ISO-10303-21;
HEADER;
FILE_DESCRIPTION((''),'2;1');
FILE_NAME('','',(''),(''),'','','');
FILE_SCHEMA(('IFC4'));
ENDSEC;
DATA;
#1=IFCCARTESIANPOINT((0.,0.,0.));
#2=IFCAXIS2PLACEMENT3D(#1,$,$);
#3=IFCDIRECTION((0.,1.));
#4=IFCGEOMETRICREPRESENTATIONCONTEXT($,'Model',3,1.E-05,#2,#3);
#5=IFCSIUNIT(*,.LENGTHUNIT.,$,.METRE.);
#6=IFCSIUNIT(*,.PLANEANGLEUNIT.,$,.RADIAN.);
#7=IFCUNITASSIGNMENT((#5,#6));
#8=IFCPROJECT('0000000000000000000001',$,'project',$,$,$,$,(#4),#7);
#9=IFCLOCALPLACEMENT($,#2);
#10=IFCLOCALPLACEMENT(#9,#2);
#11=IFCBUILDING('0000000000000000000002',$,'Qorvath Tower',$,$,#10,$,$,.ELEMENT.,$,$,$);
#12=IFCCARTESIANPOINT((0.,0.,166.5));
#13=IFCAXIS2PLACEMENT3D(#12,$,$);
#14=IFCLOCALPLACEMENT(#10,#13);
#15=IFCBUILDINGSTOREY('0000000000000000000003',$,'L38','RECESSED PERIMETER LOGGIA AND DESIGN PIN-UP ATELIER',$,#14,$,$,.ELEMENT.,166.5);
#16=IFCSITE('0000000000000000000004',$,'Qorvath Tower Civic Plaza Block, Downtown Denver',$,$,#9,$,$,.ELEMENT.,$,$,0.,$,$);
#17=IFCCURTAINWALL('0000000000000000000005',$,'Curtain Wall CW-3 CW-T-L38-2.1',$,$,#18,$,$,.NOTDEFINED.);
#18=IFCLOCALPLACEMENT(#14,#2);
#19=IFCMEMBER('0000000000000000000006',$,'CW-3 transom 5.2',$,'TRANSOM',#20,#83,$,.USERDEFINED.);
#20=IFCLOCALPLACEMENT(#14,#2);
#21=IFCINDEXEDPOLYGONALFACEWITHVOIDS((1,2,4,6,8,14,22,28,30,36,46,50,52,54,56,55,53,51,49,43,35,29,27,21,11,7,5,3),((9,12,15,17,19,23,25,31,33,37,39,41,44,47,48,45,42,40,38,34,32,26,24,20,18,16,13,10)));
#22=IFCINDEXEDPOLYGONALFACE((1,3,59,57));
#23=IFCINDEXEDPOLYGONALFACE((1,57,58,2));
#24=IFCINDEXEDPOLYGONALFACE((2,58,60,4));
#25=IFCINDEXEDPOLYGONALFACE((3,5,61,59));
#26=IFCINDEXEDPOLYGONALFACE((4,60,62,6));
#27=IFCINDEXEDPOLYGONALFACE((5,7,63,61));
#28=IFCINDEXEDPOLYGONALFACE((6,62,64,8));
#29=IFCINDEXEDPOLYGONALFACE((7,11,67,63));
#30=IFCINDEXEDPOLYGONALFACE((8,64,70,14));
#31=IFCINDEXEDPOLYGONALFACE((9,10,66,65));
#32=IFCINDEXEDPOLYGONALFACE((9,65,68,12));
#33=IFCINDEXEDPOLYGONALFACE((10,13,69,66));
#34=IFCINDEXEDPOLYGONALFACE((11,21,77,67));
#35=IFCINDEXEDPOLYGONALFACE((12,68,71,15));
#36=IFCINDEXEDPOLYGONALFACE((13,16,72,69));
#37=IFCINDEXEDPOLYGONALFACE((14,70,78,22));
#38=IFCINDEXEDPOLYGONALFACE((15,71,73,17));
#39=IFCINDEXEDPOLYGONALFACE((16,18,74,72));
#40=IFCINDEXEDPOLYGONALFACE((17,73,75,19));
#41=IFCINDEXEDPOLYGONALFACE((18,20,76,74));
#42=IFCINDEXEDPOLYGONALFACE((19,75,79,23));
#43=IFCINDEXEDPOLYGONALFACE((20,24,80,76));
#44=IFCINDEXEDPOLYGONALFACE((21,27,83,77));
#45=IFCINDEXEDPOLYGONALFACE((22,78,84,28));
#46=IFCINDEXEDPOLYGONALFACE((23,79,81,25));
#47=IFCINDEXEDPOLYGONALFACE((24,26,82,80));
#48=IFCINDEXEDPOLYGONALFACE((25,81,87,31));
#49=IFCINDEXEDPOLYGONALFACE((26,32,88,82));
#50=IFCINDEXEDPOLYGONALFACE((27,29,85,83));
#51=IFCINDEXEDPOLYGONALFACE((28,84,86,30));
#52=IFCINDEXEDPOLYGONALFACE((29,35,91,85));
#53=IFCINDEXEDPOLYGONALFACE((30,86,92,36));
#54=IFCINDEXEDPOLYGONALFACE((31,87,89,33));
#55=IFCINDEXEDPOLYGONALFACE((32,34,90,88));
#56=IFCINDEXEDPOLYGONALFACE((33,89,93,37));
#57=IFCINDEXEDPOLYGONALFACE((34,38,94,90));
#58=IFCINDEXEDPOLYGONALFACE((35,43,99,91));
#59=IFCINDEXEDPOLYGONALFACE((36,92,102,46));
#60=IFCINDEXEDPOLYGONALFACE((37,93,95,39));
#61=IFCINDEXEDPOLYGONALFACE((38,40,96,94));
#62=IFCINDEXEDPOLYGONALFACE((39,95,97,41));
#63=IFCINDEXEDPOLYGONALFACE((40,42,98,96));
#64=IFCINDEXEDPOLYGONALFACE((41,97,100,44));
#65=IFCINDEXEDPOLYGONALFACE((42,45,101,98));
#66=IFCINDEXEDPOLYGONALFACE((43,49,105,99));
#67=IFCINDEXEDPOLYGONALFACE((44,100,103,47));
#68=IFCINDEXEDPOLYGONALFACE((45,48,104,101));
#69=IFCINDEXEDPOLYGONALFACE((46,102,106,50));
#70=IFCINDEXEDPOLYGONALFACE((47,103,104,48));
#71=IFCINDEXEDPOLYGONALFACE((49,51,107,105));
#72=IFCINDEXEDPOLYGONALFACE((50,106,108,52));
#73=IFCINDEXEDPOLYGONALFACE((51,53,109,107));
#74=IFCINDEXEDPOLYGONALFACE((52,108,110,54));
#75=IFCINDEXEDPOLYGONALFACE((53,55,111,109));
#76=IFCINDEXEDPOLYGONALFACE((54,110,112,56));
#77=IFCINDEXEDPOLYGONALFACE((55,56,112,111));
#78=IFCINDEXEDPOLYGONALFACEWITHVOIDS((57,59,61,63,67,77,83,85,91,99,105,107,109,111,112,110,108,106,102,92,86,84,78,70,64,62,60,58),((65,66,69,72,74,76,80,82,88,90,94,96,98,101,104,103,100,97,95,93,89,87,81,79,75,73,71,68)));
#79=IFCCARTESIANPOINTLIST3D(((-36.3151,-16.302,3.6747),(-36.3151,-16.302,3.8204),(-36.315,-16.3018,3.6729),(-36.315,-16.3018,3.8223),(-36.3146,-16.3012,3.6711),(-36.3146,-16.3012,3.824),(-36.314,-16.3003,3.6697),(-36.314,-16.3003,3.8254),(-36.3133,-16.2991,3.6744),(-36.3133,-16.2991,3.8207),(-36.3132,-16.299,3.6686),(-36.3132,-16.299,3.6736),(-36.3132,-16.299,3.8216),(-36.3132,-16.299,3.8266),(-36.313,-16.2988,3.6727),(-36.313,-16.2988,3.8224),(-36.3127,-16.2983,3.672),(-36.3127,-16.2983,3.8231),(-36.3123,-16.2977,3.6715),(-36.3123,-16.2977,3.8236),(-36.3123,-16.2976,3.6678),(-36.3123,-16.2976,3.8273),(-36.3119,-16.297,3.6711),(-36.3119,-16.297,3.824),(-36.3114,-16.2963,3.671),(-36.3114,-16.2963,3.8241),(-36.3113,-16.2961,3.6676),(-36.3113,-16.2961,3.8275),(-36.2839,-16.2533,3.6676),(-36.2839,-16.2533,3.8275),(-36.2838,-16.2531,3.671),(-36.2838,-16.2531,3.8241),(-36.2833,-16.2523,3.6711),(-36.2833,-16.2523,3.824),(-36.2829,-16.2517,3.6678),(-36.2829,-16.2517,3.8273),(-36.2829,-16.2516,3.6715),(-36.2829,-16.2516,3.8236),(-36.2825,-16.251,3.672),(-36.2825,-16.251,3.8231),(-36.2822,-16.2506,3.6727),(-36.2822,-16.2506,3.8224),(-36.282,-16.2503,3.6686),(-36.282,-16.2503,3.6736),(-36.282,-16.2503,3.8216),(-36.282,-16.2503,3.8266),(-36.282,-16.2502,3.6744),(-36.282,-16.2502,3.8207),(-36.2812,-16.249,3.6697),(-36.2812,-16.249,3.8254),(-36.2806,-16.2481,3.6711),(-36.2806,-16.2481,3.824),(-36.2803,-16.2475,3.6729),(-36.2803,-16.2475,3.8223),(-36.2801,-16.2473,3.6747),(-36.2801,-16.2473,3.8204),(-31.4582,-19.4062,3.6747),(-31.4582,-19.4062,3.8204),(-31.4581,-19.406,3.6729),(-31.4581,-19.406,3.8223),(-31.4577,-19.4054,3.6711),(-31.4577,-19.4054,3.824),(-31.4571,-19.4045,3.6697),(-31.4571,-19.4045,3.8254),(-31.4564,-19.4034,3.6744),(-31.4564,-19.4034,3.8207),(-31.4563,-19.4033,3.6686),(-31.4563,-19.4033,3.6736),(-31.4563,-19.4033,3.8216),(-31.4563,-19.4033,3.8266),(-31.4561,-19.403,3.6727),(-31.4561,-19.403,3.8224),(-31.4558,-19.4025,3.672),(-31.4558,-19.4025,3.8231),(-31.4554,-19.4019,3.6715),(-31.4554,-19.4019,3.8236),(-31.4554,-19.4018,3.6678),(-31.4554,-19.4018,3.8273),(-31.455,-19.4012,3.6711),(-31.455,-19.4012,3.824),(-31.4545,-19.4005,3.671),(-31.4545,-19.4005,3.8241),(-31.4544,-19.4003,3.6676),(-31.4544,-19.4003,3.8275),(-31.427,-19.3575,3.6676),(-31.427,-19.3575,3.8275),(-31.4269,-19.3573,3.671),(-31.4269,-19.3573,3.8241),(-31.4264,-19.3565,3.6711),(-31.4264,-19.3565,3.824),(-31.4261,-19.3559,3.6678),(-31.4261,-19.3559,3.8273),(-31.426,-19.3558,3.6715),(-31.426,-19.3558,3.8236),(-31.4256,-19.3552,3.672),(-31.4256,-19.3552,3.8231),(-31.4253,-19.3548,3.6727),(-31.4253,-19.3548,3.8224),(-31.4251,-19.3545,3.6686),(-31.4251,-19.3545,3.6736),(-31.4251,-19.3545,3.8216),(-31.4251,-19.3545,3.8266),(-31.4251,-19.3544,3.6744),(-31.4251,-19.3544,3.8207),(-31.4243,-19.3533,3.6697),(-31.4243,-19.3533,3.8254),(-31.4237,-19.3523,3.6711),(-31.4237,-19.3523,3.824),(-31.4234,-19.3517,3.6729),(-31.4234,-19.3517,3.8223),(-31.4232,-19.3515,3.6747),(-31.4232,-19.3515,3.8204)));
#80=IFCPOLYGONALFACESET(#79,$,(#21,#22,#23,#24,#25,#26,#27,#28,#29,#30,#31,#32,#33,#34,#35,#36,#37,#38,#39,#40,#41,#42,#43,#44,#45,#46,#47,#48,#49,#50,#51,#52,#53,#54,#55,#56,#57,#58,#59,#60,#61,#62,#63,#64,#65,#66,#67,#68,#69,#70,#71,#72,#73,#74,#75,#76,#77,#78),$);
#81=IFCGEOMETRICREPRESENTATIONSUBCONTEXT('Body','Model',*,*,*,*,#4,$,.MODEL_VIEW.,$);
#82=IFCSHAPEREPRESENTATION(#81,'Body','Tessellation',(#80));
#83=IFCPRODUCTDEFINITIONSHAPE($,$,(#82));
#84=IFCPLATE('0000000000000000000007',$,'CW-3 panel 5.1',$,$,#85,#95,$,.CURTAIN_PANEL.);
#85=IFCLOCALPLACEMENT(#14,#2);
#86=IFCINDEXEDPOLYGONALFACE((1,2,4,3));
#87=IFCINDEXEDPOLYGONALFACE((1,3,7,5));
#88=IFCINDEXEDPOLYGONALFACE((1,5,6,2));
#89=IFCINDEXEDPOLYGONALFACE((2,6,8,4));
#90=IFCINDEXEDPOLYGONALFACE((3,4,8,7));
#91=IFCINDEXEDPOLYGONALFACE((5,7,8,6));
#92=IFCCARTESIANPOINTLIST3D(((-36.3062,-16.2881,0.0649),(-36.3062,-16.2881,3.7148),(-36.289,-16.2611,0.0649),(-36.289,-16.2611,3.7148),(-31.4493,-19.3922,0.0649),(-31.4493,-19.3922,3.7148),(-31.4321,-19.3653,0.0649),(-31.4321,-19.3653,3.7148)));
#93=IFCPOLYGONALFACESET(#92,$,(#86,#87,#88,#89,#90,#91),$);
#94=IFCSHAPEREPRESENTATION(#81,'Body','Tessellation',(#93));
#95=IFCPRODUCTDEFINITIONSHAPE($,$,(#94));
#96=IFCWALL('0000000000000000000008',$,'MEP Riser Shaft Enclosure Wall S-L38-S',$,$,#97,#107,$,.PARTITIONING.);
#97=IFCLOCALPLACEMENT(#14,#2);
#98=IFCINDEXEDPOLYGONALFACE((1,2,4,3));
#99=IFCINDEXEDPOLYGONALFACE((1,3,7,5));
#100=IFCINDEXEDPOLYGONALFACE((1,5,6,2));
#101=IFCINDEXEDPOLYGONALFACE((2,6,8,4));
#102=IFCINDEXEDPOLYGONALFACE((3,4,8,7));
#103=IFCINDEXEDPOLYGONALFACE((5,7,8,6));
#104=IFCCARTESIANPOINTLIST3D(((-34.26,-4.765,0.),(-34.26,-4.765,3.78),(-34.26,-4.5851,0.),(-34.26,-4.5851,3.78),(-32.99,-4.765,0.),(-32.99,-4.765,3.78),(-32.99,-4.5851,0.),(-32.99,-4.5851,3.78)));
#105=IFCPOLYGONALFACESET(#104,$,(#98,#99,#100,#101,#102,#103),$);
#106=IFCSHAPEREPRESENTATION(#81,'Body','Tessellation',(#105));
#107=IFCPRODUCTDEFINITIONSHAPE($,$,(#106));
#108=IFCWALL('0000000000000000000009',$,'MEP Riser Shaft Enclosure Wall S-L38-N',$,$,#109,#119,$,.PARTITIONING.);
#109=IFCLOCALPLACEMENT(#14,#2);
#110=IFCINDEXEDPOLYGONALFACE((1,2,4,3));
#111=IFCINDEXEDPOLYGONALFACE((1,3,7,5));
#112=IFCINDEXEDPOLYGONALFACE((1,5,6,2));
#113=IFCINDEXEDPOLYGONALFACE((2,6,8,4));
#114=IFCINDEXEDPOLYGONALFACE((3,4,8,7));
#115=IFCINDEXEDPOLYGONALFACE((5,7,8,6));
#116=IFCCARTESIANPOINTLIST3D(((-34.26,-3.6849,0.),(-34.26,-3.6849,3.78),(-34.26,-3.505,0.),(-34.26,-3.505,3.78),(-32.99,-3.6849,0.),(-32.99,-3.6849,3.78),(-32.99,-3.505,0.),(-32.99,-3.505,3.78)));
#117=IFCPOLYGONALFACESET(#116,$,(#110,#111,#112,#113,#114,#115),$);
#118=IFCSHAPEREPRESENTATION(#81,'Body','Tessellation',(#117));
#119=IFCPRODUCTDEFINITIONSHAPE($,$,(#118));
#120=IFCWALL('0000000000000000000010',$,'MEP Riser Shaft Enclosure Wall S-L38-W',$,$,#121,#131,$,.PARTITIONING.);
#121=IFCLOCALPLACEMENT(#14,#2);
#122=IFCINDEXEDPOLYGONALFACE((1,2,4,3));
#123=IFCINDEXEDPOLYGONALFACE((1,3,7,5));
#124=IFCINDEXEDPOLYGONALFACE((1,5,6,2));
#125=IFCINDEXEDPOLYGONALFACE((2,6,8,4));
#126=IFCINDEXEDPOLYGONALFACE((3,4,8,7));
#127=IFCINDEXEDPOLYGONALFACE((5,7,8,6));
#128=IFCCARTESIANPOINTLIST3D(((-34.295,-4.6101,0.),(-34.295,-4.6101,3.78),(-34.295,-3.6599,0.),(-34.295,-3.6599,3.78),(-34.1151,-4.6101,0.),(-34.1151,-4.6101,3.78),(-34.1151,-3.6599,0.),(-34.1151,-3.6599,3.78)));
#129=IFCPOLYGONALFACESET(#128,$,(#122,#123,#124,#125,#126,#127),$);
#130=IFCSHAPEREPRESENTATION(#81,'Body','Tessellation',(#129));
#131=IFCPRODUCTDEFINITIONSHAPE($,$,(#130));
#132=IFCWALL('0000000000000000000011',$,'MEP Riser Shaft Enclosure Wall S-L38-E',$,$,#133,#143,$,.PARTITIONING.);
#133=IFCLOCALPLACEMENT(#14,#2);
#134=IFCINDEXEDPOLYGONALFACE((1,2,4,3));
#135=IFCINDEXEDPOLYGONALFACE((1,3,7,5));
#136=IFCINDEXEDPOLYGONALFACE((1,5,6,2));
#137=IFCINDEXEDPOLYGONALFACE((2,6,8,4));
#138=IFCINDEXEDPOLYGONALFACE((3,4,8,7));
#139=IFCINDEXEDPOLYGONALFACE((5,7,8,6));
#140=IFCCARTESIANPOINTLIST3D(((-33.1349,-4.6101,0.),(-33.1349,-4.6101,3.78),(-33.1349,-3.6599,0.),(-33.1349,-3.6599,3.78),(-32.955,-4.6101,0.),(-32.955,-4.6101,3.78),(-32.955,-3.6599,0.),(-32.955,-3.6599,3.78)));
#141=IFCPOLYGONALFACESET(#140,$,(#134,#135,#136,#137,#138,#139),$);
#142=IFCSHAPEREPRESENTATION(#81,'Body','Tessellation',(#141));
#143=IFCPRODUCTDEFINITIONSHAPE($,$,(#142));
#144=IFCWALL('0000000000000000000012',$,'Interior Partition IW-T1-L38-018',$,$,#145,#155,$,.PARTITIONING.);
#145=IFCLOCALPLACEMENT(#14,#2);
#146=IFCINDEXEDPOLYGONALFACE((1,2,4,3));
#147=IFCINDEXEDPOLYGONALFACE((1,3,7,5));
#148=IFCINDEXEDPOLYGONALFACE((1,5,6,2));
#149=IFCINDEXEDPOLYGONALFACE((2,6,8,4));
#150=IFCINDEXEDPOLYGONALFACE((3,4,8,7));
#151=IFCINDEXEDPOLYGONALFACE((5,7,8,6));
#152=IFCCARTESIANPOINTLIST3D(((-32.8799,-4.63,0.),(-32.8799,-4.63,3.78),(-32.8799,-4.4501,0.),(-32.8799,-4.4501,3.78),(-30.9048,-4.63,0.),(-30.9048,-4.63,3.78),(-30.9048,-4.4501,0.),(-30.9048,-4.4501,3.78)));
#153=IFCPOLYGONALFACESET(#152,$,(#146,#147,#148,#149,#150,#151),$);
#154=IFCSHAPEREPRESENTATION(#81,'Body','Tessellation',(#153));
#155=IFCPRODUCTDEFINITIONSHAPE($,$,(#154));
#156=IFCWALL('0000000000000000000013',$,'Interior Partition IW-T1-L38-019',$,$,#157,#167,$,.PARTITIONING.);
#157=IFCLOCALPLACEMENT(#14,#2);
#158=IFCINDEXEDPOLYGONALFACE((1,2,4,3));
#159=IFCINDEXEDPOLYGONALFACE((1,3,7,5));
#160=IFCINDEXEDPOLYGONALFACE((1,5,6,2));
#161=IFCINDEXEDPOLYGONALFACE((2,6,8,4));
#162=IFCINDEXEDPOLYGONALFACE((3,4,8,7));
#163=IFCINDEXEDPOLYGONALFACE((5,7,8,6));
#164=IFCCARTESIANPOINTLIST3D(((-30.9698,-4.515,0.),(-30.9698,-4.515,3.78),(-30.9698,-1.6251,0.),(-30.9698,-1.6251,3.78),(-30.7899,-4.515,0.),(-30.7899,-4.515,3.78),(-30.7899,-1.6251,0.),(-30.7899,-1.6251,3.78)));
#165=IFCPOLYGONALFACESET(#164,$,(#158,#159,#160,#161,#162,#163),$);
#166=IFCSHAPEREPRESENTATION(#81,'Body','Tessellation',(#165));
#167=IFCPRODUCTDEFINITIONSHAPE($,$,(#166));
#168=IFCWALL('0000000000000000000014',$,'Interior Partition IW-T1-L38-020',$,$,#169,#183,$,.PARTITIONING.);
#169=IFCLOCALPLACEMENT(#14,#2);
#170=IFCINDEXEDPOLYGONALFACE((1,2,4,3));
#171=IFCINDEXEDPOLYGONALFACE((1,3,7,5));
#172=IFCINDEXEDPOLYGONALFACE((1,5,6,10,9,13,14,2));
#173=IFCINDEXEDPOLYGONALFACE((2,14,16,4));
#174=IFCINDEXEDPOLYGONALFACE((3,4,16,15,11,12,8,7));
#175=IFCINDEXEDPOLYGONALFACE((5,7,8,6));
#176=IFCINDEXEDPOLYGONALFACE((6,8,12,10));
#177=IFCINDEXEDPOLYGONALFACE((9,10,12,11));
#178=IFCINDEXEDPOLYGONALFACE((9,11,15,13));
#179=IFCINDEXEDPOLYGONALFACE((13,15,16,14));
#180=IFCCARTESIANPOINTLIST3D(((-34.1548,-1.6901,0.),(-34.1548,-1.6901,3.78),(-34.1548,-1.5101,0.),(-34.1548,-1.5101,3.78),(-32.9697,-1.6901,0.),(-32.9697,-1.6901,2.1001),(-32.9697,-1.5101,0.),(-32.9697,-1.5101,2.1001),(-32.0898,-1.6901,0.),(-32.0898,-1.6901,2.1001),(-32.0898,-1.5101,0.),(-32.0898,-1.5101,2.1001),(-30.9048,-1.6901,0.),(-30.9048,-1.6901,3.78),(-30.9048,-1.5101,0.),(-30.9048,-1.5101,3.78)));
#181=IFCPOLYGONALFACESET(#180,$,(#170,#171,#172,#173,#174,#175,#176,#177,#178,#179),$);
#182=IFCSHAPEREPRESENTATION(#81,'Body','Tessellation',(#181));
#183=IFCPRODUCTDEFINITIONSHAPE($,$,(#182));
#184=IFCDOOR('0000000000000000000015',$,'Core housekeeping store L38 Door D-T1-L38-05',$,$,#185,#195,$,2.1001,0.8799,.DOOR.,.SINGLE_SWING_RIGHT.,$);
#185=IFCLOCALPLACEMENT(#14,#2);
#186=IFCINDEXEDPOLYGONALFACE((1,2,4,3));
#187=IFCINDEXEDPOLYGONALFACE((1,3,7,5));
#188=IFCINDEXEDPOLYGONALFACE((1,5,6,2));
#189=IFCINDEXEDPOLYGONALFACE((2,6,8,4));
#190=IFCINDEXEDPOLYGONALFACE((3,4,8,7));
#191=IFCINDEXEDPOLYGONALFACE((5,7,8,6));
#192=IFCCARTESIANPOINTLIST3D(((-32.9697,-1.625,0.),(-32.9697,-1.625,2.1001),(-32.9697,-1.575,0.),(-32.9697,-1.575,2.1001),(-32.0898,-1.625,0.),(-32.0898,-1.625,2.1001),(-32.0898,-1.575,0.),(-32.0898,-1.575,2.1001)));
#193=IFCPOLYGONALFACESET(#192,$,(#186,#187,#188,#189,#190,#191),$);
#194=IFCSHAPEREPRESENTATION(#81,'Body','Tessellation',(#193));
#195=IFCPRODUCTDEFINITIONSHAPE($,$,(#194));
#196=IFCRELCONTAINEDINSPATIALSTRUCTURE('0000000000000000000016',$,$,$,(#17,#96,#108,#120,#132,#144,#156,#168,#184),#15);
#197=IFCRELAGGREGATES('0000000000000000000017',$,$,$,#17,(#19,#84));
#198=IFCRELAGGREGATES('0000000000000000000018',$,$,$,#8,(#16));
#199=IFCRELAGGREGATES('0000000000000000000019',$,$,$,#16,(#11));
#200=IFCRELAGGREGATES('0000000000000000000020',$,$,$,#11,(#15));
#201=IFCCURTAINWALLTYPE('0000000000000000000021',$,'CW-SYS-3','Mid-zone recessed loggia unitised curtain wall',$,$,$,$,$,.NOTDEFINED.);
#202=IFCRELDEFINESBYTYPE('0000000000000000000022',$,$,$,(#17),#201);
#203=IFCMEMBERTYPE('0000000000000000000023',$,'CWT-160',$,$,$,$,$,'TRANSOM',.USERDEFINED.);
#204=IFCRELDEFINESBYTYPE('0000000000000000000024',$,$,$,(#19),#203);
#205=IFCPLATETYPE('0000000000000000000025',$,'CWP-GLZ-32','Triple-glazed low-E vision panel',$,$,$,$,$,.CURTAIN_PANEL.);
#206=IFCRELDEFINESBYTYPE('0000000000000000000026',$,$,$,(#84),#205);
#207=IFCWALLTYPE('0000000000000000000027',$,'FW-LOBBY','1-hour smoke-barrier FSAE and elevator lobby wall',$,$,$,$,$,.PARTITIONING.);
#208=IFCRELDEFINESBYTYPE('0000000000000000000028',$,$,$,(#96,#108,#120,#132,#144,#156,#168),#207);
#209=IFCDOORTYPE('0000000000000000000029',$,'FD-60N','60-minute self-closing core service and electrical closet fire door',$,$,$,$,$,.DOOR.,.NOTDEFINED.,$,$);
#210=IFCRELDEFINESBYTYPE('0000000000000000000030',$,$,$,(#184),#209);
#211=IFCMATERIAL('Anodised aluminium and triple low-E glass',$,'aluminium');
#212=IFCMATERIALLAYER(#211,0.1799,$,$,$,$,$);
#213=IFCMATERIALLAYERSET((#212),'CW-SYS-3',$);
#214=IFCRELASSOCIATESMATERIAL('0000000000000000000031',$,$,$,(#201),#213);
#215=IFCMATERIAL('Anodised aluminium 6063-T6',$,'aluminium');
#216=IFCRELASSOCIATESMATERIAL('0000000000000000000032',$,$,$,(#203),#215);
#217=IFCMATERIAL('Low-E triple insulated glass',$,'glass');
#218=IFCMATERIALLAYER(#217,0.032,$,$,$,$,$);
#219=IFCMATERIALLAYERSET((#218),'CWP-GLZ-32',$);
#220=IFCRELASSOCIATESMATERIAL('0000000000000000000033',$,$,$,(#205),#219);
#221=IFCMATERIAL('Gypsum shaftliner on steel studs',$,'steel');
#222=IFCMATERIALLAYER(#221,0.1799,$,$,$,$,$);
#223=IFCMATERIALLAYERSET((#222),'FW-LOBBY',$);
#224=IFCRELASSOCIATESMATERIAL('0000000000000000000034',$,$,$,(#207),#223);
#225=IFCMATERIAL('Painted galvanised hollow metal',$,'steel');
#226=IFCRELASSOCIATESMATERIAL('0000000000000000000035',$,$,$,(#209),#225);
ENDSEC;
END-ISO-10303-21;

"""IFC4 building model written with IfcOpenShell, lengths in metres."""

from ifc_helpers import new_model, si_unit, direction, frame, frame_2d, origin, origin_2d, place, context, subcontext, project, spatial, rectangle, hollow_rectangle, extrude, material, layer, layer_set, material_profile, profile_set, type_object, element, fill, aggregate, save


model = new_model("IFC4")

# Units and contexts
model_context = context("Model", 3, precision=1e-05, world=origin(), true_north=direction((0.0, 1.0)))
body_context = subcontext(model_context, "Body", "Model", "MODEL_VIEW")
ifc_project = project(units=[si_unit("LENGTHUNIT", "METRE"), si_unit("PLANEANGLEUNIT", "RADIAN")], contexts=[model_context])

# Site, building, storey
site_placement = place(None, origin())
site = spatial("IfcSite", under=ifc_project, at=site_placement, Name="Qorvath Tower Civic Plaza Block, Downtown Denver", CompositionType="ELEMENT", RefElevation=0.0)
building_placement = place(site_placement, origin())
building = spatial("IfcBuilding", under=site, at=building_placement, Name="Qorvath Tower", CompositionType="ELEMENT")
storey_placement = place(building_placement, frame((0.0, 0.0, 166.5)))
storey = spatial("IfcBuildingStorey", under=building, at=storey_placement, Name="L38", Description="RECESSED PERIMETER LOGGIA AND DESIGN PIN-UP ATELIER", CompositionType="ELEMENT", Elevation=166.5)

# Curtain wall
ifc_material_1 = material(Name="Anodised aluminium and triple low-E glass", Category="aluminium")
ifc_layer_1 = layer(ifc_material_1, 0.1799)
ifc_layer_set_1 = layer_set([ifc_layer_1], Name="CW-SYS-3")
curtain_wall_type = type_object("IfcCurtainWallType", Name="CW-SYS-3", Description="Mid-zone recessed loggia unitised curtain wall", PredefinedType="NOTDEFINED", material=ifc_layer_set_1)
curtain_wall_1_placement = place(storey_placement, origin())
curtain_wall_1 = element("IfcCurtainWall", 1, at=curtain_wall_1_placement, inside=storey, type_object=curtain_wall_type, Name="Curtain Wall CW-3 CW-T-L38-2.1", PredefinedType="NOTDEFINED")

# Member
ifc_material_2 = material(Name="Anodised aluminium 6063-T6", Category="aluminium")
ifc_material_profile_1 = material_profile(ifc_material_2, hollow_rectangle(XDim=0.0649, YDim=0.1599, WallThickness=0.0034, InnerFilletRadius=0.0034, OuterFilletRadius=0.0071, at=origin_2d()), Name="CWT 160x65")
ifc_profile_set_1 = profile_set([ifc_material_profile_1], Name="Anodised aluminium 6063-T6")
member_type_1 = type_object("IfcMemberType", Name="CWT-160", ElementType="TRANSOM", PredefinedType="USERDEFINED", material=ifc_profile_set_1)
member_1_placement = place(storey_placement, frame((-36.2976, -16.2747, 3.7476), z_axis=(0.842601, -0.538538, 0.0), x_axis=(0.538538, 0.842601, 0.0)))
member_1 = element("IfcMember", 2, at=member_1_placement, type_object=member_type_1, Name="CW-3 transom 5.2", ObjectType="TRANSOM", PredefinedType="USERDEFINED", context=body_context, shape_type="SweptSolid", body=[
    extrude(hollow_rectangle(XDim=0.0649, YDim=0.1599, WallThickness=0.0034, InnerFilletRadius=0.0034, OuterFilletRadius=0.0071, at=origin_2d()), origin(), (0.0, 0.0, 1.0), 5.7642),
])

# Plate
ifc_material_3 = material(Name="Low-E triple insulated glass", Category="glass")
ifc_layer_2 = layer(ifc_material_3, 0.032)
ifc_layer_set_2 = layer_set([ifc_layer_2], Name="CWP-GLZ-32")
plate_type = type_object("IfcPlateType", Name="CWP-GLZ-32", Description="Triple-glazed low-E vision panel", PredefinedType="CURTAIN_PANEL", material=ifc_layer_set_2)
plate_placement = place(storey_placement, frame((-33.8691, -17.8267, 0.0649), z_axis=(0.0, 0.0, 1.0), x_axis=(0.842607, -0.538529, 0.0)))
plate = element("IfcPlate", 3, at=plate_placement, type_object=plate_type, Name="CW-3 panel 5.1", PredefinedType="CURTAIN_PANEL", context=body_context, shape_type="SweptSolid", body=[
    extrude(rectangle(XDim=5.7642, YDim=0.032, at=origin_2d()), origin(), (0.0, 0.0, 1.0), 3.6499),
])
aggregate(curtain_wall_1, [member_1, plate])

# Walls
ifc_material_4 = material(Name="Gypsum shaftliner on steel studs", Category="steel")
ifc_layer_3 = layer(ifc_material_4, 0.1799)
ifc_layer_set_3 = layer_set([ifc_layer_3], Name="FW-LOBBY")
wall_type_1 = type_object("IfcWallType", Name="FW-LOBBY", Description="1-hour smoke-barrier FSAE and elevator lobby wall", PredefinedType="PARTITIONING", material=ifc_layer_set_3)
for number, where, z_axis, x_axis, name in (
    (4, (-32.99, -4.675, 0.0), (0.0, 0.0, 1.0), (-1.0, 0.0, 0.0), "MEP Riser Shaft Enclosure Wall S-L38-S"),
    (5, (-34.26, -3.595, 0.0), (0.0, 0.0, 1.0), (1.0, 0.0, 0.0), "MEP Riser Shaft Enclosure Wall S-L38-N"),
):
    element("IfcWall", number, at=place(storey_placement, frame(where, z_axis=z_axis, x_axis=x_axis)), inside=storey, type_object=wall_type_1, Name=name, PredefinedType="PARTITIONING", context=body_context, shape_type="SweptSolid", body=[
        extrude(rectangle(XDim=1.27, YDim=0.1799, at=frame_2d((0.635, 0.0))), origin(), (0.0, 0.0, 1.0), 3.78),
    ])
for number, where, z_axis, x_axis, name in (
    (6, (-34.2051, -4.6101, 0.0), (0.0, 0.0, 1.0), (0.0, 1.0, 0.0), "MEP Riser Shaft Enclosure Wall S-L38-W"),
    (7, (-33.0449, -3.6599, 0.0), (0.0, 0.0, 1.0), (0.0, -1.0, 0.0), "MEP Riser Shaft Enclosure Wall S-L38-E"),
):
    element("IfcWall", number, at=place(storey_placement, frame(where, z_axis=z_axis, x_axis=x_axis)), inside=storey, type_object=wall_type_1, Name=name, PredefinedType="PARTITIONING", context=body_context, shape_type="SweptSolid", body=[
        extrude(rectangle(XDim=0.9502, YDim=0.1799, at=frame_2d((0.4751, 0.0))), origin(), (0.0, 0.0, 1.0), 3.78),
    ])
wall_1_placement = place(storey_placement, frame((-32.8799, -4.54, 0.0), z_axis=(0.0, 0.0, 1.0), x_axis=(1.0, 0.0, 0.0)))
element("IfcWall", 8, at=wall_1_placement, inside=storey, type_object=wall_type_1, Name="Interior Partition IW-T1-L38-018", PredefinedType="PARTITIONING", context=body_context, shape_type="SweptSolid", body=[
    extrude(rectangle(XDim=1.9751, YDim=0.1799, at=frame_2d((0.9875, 0.0))), origin(), (0.0, 0.0, 1.0), 3.78),
])
wall_2_placement = place(storey_placement, frame((-30.8799, -4.5149, 0.0), z_axis=(0.0, 0.0, 1.0), x_axis=(0.0, 1.0, 0.0)))
element("IfcWall", 9, at=wall_2_placement, inside=storey, type_object=wall_type_1, Name="Interior Partition IW-T1-L38-019", PredefinedType="PARTITIONING", context=body_context, shape_type="SweptSolid", body=[
    extrude(rectangle(XDim=2.8899, YDim=0.1799, at=frame_2d((1.4448, 0.0))), origin(), (0.0, 0.0, 1.0), 3.78),
])

# Wall, opening, door
wall_3_placement = place(storey_placement, frame((-30.9048, -1.6001, 0.0), z_axis=(0.0, 0.0, 1.0), x_axis=(-1.0, 0.0, 0.0)))
wall_3 = element("IfcWall", 10, at=wall_3_placement, inside=storey, type_object=wall_type_1, Name="Interior Partition IW-T1-L38-020", PredefinedType="PARTITIONING", context=body_context, shape_type="SweptSolid", body=[
    extrude(rectangle(XDim=3.25, YDim=0.1799, at=frame_2d((1.625, 0.0))), origin(), (0.0, 0.0, 1.0), 3.78),
])
opening_1_placement = place(wall_3_placement, frame((1.1851, 0.0, 0.0)))
opening_1 = element("IfcOpeningElement", 11, at=opening_1_placement, cuts=wall_3, PredefinedType="OPENING", context=body_context, shape_type="SweptSolid", body=[
    extrude(rectangle(XDim=0.8799, YDim=2.1001, at=frame_2d((0.4399, 1.05))), frame((0.0, 0.1001, 0.0), z_axis=(0.0, -1.0, 0.0), x_axis=(1.0, 0.0, 0.0)), (0.0, 0.0, 1.0), 0.2),
])
ifc_material_5 = material(Name="Painted galvanised hollow metal", Category="steel")
door_type_1 = type_object("IfcDoorType", Name="FD-60N", Description="60-minute self-closing core service and electrical closet fire door", OperationType="NOTDEFINED", PredefinedType="DOOR", material=ifc_material_5)
door_1_placement = place(opening_1_placement, origin())
door_1 = element("IfcDoor", 12, at=door_1_placement, inside=storey, type_object=door_type_1, Name="Core housekeeping store L38 Door D-T1-L38-05", OperationType="SINGLE_SWING_RIGHT", OverallHeight=2.1001, OverallWidth=0.8799, PredefinedType="DOOR", context=body_context, shape_type="SweptSolid", body=[
    extrude(rectangle(XDim=0.8799, YDim=2.1001, at=frame_2d((0.4399, 1.05))), frame((0.0, 0.0249, 0.0), z_axis=(0.0, -1.0, 0.0), x_axis=(1.0, 0.0, 0.0)), (0.0, 0.0, 1.0), 0.05),
])
fill(opening_1, door_1)

save(model, "model.ifc")
